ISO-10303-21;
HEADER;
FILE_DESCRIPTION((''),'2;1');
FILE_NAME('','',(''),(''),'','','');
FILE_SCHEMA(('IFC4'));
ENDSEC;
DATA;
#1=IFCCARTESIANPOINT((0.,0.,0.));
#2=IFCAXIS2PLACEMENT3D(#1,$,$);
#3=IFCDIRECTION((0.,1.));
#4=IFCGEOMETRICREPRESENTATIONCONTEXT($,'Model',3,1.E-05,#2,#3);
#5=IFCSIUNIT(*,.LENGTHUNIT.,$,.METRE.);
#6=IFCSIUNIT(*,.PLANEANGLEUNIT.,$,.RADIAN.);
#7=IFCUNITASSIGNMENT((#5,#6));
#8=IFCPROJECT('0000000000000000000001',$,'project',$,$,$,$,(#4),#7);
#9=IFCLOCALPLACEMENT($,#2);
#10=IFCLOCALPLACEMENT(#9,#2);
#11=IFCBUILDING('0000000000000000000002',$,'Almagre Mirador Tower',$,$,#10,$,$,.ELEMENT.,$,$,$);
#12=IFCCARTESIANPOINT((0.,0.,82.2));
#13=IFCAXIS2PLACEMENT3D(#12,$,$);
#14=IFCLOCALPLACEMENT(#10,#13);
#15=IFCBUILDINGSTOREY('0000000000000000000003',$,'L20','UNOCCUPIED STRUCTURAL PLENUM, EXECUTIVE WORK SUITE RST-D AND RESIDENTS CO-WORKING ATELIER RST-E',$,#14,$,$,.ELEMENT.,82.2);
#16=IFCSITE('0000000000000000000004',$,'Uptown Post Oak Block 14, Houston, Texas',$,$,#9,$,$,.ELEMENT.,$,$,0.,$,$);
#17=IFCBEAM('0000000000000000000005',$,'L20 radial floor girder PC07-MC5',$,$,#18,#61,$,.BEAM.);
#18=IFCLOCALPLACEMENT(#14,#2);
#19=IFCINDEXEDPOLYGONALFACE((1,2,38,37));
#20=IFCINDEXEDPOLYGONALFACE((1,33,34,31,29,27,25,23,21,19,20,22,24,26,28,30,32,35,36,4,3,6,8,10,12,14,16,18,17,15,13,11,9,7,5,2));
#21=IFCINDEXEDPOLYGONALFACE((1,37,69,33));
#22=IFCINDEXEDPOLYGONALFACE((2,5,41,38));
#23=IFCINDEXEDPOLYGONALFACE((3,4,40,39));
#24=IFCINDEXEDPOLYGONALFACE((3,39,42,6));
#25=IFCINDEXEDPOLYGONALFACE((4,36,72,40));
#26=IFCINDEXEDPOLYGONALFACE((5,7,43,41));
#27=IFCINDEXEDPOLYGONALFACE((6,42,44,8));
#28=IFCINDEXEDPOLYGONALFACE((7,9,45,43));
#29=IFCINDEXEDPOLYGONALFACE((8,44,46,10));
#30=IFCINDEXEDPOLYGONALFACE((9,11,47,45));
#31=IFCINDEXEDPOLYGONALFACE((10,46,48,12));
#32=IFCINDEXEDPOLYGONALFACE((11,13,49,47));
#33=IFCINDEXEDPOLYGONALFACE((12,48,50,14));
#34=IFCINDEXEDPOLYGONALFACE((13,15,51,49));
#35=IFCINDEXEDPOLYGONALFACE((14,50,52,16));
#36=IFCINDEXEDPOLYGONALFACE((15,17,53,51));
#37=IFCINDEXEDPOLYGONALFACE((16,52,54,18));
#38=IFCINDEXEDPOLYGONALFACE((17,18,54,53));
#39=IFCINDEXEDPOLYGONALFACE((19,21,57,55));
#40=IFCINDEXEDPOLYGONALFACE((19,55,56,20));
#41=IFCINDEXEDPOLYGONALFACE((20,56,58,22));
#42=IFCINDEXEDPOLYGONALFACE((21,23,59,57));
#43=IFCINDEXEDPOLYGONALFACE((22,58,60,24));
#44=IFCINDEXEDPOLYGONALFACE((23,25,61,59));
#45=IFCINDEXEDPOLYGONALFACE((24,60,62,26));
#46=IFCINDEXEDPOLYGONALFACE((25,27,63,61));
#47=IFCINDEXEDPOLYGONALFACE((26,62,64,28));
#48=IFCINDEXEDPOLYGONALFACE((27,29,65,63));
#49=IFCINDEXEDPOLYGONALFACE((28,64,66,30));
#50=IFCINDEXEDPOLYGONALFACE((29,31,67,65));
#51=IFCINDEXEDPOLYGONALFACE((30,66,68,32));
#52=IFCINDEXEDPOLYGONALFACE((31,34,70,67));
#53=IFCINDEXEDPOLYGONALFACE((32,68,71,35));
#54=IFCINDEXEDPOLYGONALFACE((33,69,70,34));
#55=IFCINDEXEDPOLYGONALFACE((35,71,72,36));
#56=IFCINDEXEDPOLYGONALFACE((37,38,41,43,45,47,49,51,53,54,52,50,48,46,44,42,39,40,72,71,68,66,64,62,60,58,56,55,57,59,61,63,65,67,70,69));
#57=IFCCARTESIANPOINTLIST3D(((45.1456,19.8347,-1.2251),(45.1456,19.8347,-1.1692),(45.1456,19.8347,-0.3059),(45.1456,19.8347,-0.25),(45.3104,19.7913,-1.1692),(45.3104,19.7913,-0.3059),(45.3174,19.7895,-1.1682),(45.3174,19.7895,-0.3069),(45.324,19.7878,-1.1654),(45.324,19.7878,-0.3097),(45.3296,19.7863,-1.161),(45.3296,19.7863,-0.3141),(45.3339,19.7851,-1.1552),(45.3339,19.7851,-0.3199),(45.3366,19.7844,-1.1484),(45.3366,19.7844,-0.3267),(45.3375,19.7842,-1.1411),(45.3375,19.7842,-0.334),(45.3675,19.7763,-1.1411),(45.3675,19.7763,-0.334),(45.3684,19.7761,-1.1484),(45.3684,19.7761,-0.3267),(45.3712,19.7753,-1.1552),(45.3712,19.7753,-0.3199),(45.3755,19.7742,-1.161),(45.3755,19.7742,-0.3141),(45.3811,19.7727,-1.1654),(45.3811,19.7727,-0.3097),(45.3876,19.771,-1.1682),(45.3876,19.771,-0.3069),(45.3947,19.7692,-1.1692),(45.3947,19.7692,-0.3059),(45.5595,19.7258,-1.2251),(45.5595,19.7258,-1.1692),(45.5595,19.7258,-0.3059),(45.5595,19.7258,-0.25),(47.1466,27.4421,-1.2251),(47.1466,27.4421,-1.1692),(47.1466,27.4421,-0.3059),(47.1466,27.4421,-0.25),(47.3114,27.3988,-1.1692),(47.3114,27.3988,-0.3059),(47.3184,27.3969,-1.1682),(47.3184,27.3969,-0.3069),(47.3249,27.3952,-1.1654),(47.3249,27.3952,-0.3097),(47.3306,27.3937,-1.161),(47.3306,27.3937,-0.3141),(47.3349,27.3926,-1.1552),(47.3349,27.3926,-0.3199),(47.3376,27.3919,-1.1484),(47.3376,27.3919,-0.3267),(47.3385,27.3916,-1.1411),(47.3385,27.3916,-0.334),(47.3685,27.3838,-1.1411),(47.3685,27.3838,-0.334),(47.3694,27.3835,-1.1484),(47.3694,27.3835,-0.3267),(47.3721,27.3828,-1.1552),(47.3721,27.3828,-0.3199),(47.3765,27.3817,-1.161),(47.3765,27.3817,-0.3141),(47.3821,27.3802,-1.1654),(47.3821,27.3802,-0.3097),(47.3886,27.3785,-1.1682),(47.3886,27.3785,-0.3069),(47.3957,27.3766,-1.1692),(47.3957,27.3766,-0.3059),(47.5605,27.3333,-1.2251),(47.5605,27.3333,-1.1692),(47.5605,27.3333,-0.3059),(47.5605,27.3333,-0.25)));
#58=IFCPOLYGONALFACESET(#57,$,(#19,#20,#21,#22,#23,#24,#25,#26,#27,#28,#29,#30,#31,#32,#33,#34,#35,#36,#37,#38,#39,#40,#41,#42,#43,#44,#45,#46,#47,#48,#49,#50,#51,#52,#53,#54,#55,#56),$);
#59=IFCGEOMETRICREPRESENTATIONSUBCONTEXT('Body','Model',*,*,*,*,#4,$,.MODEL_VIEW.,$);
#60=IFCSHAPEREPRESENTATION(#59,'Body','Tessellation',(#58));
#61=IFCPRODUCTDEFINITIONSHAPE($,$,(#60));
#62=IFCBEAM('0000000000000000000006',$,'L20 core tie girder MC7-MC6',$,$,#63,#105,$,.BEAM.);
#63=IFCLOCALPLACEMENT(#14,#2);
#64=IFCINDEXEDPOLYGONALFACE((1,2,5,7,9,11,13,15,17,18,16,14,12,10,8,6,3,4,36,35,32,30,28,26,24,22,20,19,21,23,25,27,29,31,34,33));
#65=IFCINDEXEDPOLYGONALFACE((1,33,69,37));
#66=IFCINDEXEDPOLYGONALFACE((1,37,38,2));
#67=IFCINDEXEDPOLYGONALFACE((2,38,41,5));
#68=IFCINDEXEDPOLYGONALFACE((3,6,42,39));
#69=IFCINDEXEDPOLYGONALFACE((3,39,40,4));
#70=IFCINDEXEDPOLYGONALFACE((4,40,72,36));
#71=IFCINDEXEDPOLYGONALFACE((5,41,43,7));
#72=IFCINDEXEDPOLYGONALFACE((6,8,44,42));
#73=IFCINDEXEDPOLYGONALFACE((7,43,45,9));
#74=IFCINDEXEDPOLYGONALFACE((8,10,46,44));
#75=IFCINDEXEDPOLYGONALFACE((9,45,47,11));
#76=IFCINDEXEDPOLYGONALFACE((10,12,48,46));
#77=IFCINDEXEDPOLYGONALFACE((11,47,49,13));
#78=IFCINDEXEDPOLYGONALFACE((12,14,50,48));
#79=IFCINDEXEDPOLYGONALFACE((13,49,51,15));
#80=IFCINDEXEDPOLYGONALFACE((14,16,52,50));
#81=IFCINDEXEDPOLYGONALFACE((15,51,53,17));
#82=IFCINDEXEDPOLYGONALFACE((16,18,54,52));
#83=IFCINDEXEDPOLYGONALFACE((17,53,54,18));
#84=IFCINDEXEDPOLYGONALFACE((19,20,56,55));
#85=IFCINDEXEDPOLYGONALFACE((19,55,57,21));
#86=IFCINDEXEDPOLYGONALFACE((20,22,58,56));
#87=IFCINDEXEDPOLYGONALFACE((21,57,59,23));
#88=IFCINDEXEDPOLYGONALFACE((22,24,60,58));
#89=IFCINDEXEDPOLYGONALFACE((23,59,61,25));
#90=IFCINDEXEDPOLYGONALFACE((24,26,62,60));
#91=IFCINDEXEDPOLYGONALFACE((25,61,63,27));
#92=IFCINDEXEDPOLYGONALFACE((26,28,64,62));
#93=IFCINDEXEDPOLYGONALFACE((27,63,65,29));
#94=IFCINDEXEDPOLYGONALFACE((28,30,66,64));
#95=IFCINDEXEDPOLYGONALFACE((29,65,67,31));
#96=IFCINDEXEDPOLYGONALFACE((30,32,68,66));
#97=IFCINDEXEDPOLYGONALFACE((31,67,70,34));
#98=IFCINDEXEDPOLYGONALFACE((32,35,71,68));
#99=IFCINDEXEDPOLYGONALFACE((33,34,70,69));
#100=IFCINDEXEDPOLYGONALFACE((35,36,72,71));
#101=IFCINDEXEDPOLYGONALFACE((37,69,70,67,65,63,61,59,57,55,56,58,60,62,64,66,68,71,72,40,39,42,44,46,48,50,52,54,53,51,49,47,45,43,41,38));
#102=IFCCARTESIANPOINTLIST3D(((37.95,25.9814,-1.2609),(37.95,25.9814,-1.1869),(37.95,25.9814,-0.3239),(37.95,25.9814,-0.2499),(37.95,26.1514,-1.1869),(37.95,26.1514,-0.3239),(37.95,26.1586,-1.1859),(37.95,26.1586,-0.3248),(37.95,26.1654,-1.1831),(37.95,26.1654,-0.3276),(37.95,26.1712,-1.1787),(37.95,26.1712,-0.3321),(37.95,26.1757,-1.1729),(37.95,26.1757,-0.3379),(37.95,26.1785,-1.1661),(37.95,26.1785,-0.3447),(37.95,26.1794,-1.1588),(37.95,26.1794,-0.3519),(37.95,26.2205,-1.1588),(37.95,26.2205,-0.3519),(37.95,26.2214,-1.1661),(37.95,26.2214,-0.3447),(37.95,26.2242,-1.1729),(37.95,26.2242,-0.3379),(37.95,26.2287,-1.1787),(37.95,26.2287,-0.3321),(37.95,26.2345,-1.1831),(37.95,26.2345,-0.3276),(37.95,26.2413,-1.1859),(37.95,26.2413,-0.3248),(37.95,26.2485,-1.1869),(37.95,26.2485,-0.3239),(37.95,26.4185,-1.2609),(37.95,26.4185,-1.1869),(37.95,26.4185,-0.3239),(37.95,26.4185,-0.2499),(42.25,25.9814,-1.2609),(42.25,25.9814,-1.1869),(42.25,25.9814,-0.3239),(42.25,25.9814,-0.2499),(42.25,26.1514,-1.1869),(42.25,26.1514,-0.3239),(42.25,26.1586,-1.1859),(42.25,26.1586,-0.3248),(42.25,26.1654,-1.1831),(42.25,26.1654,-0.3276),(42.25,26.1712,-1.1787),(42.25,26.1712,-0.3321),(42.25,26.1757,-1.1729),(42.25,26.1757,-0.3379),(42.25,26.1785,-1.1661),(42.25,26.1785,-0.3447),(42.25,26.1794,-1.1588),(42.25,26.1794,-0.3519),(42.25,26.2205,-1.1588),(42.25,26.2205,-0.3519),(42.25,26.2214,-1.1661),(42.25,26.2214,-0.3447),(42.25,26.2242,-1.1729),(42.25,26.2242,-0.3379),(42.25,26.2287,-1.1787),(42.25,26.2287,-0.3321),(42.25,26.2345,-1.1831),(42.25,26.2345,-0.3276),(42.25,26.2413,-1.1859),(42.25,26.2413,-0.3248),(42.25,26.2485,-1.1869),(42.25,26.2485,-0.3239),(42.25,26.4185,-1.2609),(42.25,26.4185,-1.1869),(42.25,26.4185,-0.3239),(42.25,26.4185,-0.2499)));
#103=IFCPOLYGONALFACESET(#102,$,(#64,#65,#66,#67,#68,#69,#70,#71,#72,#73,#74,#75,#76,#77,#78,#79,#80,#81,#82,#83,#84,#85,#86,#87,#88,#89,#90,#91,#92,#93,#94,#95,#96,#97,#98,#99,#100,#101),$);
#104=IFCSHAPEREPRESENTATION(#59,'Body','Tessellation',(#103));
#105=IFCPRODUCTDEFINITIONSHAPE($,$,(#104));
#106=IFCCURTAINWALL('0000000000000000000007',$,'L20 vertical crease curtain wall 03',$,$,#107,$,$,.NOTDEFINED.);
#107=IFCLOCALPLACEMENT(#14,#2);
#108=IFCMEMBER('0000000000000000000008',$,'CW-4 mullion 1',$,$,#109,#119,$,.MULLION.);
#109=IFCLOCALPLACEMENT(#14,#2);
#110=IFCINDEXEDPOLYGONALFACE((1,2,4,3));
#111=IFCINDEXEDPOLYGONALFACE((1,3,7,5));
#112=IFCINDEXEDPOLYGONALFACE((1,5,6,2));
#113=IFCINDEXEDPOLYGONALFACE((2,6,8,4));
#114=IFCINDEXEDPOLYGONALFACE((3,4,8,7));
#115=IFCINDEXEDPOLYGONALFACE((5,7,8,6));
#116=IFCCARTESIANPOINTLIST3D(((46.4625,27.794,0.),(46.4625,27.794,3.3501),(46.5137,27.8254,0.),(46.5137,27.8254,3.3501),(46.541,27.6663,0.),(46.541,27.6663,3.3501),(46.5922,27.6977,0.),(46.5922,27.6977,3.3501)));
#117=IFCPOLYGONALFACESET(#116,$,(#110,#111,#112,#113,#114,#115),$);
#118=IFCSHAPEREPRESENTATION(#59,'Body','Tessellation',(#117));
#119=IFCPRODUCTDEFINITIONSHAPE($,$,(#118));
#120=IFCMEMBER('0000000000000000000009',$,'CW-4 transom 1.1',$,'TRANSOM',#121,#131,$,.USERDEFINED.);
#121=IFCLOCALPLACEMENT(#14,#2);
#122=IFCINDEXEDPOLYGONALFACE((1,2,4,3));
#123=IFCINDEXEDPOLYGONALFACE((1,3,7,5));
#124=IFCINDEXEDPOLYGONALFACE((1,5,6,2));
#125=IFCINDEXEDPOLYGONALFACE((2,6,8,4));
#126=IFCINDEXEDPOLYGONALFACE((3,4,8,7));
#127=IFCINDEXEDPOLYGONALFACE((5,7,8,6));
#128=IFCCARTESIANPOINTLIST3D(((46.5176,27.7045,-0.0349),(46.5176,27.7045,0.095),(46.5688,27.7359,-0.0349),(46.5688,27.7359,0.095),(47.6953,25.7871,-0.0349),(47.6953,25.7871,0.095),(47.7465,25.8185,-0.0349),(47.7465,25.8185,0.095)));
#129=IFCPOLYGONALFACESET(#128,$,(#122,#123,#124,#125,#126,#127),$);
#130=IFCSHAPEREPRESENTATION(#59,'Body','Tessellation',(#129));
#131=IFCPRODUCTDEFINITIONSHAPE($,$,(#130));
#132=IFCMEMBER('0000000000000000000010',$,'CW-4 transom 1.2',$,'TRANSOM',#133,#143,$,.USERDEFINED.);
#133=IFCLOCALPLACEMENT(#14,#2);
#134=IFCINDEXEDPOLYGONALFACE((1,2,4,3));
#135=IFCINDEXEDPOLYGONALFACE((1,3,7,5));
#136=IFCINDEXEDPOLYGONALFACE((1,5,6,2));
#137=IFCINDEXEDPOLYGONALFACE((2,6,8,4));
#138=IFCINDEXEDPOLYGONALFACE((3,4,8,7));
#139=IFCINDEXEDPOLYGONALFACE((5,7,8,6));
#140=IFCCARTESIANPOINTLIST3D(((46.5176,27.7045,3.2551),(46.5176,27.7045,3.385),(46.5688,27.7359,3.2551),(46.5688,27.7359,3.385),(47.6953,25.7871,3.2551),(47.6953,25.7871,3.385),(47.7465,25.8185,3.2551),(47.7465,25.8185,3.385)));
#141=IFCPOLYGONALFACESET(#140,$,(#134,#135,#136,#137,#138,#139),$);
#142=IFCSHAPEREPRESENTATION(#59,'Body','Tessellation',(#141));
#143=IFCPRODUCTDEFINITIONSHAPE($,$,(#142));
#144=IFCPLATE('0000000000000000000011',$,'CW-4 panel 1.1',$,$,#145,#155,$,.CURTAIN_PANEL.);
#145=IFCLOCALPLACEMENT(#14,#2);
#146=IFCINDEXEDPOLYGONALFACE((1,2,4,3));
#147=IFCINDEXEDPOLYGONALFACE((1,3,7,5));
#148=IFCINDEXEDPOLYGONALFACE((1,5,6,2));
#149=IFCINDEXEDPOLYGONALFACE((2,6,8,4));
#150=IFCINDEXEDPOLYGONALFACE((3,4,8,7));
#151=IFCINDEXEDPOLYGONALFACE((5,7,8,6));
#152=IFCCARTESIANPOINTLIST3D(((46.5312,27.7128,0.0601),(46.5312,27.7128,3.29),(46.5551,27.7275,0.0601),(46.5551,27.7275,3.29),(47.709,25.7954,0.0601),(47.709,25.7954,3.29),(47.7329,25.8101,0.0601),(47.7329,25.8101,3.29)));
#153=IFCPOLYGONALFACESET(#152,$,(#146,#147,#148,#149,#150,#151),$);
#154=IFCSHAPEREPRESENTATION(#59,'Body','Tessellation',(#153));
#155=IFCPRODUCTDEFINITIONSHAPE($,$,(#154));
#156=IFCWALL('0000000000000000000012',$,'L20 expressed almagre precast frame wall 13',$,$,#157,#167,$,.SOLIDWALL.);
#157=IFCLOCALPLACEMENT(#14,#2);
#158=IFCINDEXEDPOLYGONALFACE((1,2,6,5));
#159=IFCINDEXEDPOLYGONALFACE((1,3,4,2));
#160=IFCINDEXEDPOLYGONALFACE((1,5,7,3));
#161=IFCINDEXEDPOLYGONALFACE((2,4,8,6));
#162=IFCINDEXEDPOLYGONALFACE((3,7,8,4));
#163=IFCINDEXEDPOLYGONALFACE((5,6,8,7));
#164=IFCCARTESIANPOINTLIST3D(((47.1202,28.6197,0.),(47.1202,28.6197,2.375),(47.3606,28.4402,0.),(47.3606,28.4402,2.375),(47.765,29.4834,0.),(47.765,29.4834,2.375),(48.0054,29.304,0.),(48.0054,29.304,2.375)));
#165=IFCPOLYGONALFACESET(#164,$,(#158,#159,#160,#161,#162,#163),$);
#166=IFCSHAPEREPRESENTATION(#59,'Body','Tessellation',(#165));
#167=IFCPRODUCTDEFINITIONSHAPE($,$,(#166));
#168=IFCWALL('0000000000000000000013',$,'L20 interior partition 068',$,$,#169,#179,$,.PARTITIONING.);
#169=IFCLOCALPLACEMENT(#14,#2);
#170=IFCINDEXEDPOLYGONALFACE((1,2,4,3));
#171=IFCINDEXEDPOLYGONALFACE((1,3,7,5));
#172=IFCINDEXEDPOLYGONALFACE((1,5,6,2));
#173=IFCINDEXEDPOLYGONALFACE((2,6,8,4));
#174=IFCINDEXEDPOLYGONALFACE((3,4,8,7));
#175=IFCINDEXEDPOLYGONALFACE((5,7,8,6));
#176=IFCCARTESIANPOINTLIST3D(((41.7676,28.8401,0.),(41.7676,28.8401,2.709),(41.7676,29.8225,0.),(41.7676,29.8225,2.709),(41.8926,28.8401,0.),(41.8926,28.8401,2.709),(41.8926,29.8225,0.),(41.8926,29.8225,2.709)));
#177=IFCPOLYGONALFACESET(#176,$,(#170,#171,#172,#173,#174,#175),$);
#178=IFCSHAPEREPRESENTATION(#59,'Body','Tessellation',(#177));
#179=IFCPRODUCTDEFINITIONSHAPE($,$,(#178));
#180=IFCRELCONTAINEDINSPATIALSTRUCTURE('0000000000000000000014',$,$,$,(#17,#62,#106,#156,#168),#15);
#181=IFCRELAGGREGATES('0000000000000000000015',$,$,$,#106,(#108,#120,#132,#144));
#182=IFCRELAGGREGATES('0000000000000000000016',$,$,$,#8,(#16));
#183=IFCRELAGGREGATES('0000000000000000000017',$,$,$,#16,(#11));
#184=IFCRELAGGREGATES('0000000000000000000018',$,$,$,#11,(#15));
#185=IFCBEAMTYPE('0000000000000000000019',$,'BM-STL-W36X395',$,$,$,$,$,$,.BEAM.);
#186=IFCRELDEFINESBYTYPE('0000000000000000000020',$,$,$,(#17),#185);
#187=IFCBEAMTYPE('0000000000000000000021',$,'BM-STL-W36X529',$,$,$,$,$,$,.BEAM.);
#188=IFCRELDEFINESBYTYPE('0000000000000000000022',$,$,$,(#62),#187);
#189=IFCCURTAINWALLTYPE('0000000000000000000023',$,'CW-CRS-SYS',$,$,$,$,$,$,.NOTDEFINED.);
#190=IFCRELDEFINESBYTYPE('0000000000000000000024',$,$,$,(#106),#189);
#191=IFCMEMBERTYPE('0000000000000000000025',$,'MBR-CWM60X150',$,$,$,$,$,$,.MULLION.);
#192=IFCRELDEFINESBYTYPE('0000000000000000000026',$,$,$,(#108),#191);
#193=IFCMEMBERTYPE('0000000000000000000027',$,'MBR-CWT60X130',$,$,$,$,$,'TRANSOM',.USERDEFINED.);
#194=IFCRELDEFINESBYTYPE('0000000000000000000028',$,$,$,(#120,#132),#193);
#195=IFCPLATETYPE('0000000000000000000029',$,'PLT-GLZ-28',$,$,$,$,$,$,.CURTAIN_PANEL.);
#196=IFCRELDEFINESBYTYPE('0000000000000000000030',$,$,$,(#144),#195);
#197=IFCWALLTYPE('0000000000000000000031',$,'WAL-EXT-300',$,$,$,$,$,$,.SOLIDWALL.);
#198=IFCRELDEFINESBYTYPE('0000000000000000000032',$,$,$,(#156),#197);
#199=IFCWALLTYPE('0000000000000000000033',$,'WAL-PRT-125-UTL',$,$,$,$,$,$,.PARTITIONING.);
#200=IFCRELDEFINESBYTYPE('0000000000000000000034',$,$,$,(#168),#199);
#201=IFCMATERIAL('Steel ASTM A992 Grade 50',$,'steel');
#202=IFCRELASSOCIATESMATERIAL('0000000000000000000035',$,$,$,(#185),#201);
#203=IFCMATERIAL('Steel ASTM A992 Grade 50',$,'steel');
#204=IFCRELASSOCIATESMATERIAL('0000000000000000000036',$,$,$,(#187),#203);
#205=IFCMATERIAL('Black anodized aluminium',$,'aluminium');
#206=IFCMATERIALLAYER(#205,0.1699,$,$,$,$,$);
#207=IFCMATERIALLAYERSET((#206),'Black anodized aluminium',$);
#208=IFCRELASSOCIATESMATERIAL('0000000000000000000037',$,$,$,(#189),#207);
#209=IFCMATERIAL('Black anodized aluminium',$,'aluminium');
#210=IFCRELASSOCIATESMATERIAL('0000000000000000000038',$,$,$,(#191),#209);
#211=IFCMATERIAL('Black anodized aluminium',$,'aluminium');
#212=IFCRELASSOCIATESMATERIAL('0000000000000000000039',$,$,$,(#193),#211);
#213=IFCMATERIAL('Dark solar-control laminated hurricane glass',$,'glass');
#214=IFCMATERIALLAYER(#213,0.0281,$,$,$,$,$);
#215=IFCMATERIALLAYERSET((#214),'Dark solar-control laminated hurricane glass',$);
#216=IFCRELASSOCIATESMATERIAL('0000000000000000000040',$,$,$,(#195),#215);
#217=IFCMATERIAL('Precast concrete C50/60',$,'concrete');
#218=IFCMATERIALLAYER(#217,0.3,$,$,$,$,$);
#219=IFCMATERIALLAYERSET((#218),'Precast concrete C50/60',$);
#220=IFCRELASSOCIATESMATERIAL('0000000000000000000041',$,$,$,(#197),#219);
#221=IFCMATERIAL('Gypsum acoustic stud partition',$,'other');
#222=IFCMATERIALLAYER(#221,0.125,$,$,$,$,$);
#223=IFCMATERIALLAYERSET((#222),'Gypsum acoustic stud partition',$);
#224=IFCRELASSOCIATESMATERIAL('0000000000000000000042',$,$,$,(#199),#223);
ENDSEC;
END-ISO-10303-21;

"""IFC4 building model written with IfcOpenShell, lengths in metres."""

from ifc_helpers import new_model, si_unit, direction, frame, frame_2d, origin, origin_2d, place, context, subcontext, project, spatial, rectangle, i_section, extrude, material, layer, layer_set, material_profile, profile_set, type_object, element, aggregate, save


model = new_model("IFC4")

# Units and contexts
model_context = context("Model", 3, precision=1e-05, world=origin(), true_north=direction((0.0, 1.0)))
body_context = subcontext(model_context, "Body", "Model", "MODEL_VIEW")
ifc_project = project(units=[si_unit("LENGTHUNIT", "METRE"), si_unit("PLANEANGLEUNIT", "RADIAN")], contexts=[model_context])

# Site, building, storey
site_placement = place(None, origin())
site = spatial("IfcSite", under=ifc_project, at=site_placement, Name="Uptown Post Oak Block 14, Houston, Texas", CompositionType="ELEMENT", RefElevation=0.0)
building_placement = place(site_placement, origin())
building = spatial("IfcBuilding", under=site, at=building_placement, Name="Almagre Mirador Tower", CompositionType="ELEMENT")
storey_placement = place(building_placement, frame((0.0, 0.0, 82.2)))
storey = spatial("IfcBuildingStorey", under=building, at=storey_placement, Name="L20", Description="UNOCCUPIED STRUCTURAL PLENUM, EXECUTIVE WORK SUITE RST-D AND RESIDENTS CO-WORKING ATELIER RST-E", CompositionType="ELEMENT", Elevation=82.2)

# Beams
ifc_material_1 = material(Name="Steel ASTM A992 Grade 50", Category="steel")
ifc_material_profile_1 = material_profile(ifc_material_1, i_section(OverallWidth=0.428, OverallDepth=0.9751, WebThickness=0.031, FlangeThickness=0.0559, FilletRadius=0.0281, at=origin_2d()), Name="W36X395")
ifc_profile_set_1 = profile_set([ifc_material_profile_1], Name="Steel ASTM A992 Grade 50")
beam_type_1 = type_object("IfcBeamType", Name="BM-STL-W36X395", PredefinedType="BEAM", material=ifc_profile_set_1)
beam_1_placement = place(storey_placement, frame((47.3535, 27.3877, -0.7375), z_axis=(-0.254377, -0.967105, 0.0), x_axis=(0.967105, -0.254377, 0.0)))
element("IfcBeam", 1, at=beam_1_placement, inside=storey, type_object=beam_type_1, Name="L20 radial floor girder PC07-MC5", PredefinedType="BEAM", context=body_context, shape_type="SweptSolid", body=[
    extrude(i_section(OverallWidth=0.428, OverallDepth=0.9751, WebThickness=0.031, FlangeThickness=0.0559, FilletRadius=0.0281, at=origin_2d()), origin(), (0.0, 0.0, 1.0), 7.8662),
])
ifc_material_2 = material(Name="Steel ASTM A992 Grade 50", Category="steel")
ifc_material_profile_2 = material_profile(ifc_material_2, i_section(OverallWidth=0.437, OverallDepth=1.011, WebThickness=0.041, FlangeThickness=0.074, FilletRadius=0.0281, at=origin_2d()), Name="W36X529")
ifc_profile_set_2 = profile_set([ifc_material_profile_2], Name="Steel ASTM A992 Grade 50")
beam_type_2 = type_object("IfcBeamType", Name="BM-STL-W36X529", PredefinedType="BEAM", material=ifc_profile_set_2)
beam_2_placement = place(storey_placement, frame((37.95, 26.2, -0.7554), z_axis=(1.0, 0.0, 0.0), x_axis=(0.0, 1.0, 0.0)))
element("IfcBeam", 2, at=beam_2_placement, inside=storey, type_object=beam_type_2, Name="L20 core tie girder MC7-MC6", PredefinedType="BEAM", context=body_context, shape_type="SweptSolid", body=[
    extrude(i_section(OverallWidth=0.437, OverallDepth=1.011, WebThickness=0.041, FlangeThickness=0.074, FilletRadius=0.0281, at=origin_2d()), origin(), (0.0, 0.0, 1.0), 4.3),
])

# Curtain wall, members, plate
ifc_material_3 = material(Name="Black anodized aluminium", Category="aluminium")
ifc_layer_1 = layer(ifc_material_3, 0.1699)
ifc_layer_set_1 = layer_set([ifc_layer_1], Name="Black anodized aluminium")
curtain_wall_type = type_object("IfcCurtainWallType", Name="CW-CRS-SYS", PredefinedType="NOTDEFINED", material=ifc_layer_set_1)
curtain_wall_placement = place(storey_placement, origin())
curtain_wall = element("IfcCurtainWall", 3, at=curtain_wall_placement, inside=storey, type_object=curtain_wall_type, Name="L20 vertical crease curtain wall 03", PredefinedType="NOTDEFINED")
ifc_material_4 = material(Name="Black anodized aluminium", Category="aluminium")
ifc_material_profile_3 = material_profile(ifc_material_4, rectangle(XDim=0.0601, YDim=0.1499, at=origin_2d()), Name="CWM60X150")
ifc_profile_set_3 = profile_set([ifc_material_profile_3], Name="Black anodized aluminium")
member_type_1 = type_object("IfcMemberType", Name="MBR-CWM60X150", PredefinedType="MULLION", material=ifc_profile_set_3)
member_1_placement = place(storey_placement, frame((46.5273, 27.7458, 0.0), z_axis=(0.0, 0.0, 1.0), x_axis=(0.852078, 0.523415, 0.0)))
member_1 = element("IfcMember", 4, at=member_1_placement, type_object=member_type_1, Name="CW-4 mullion 1", PredefinedType="MULLION", context=body_context, shape_type="SweptSolid", body=[
    extrude(rectangle(XDim=0.0601, YDim=0.1499, at=origin_2d()), origin(), (0.0, 0.0, 1.0), 3.3501),
])
ifc_material_5 = material(Name="Black anodized aluminium", Category="aluminium")
ifc_material_profile_4 = material_profile(ifc_material_5, rectangle(XDim=0.0601, YDim=0.1299, at=origin_2d()), Name="CWT60X130")
ifc_profile_set_4 = profile_set([ifc_material_profile_4], Name="Black anodized aluminium")
member_type_2 = type_object("IfcMemberType", Name="MBR-CWT60X130", ElementType="TRANSOM", PredefinedType="USERDEFINED", material=ifc_profile_set_4)
member_2_placement = place(storey_placement, frame((46.5432, 27.7202, 0.03), z_axis=(0.523371, -0.852105, 0.0), x_axis=(0.852105, 0.523371, 0.0)))
member_2 = element("IfcMember", 5, at=member_2_placement, type_object=member_type_2, Name="CW-4 transom 1.1", ObjectType="TRANSOM", PredefinedType="USERDEFINED", context=body_context, shape_type="SweptSolid", body=[
    extrude(rectangle(XDim=0.0601, YDim=0.1299, at=origin_2d()), origin(), (0.0, 0.0, 1.0), 2.2502),
])
member_3_placement = place(storey_placement, frame((46.5432, 27.7202, 3.3201), z_axis=(0.523371, -0.852105, 0.0), x_axis=(0.852105, 0.523371, 0.0)))
member_3 = element("IfcMember", 6, at=member_3_placement, type_object=member_type_2, Name="CW-4 transom 1.2", ObjectType="TRANSOM", PredefinedType="USERDEFINED", context=body_context, shape_type="SweptSolid", body=[
    extrude(rectangle(XDim=0.0601, YDim=0.1299, at=origin_2d()), origin(), (0.0, 0.0, 1.0), 2.2502),
])
ifc_material_6 = material(Name="Dark solar-control laminated hurricane glass", Category="glass")
ifc_layer_2 = layer(ifc_material_6, 0.0281)
ifc_layer_set_2 = layer_set([ifc_layer_2], Name="Dark solar-control laminated hurricane glass")
plate_type = type_object("IfcPlateType", Name="PLT-GLZ-28", PredefinedType="CURTAIN_PANEL", material=ifc_layer_set_2)
plate_placement = place(storey_placement, frame((47.1321, 26.7615, 0.0601), z_axis=(0.0, 0.0, 1.0), x_axis=(0.523415, -0.852078, 0.0)))
plate = element("IfcPlate", 7, at=plate_placement, type_object=plate_type, Name="CW-4 panel 1.1", PredefinedType="CURTAIN_PANEL", context=body_context, shape_type="SweptSolid", body=[
    extrude(rectangle(XDim=2.2502, YDim=0.0281, at=origin_2d()), origin(), (0.0, 0.0, 1.0), 3.23),
])
aggregate(curtain_wall, [member_1, member_2, member_3, plate])

# Walls
ifc_material_7 = material(Name="Precast concrete C50/60", Category="concrete")
ifc_layer_3 = layer(ifc_material_7, 0.3)
ifc_layer_set_3 = layer_set([ifc_layer_3], Name="Precast concrete C50/60")
wall_type_1 = type_object("IfcWallType", Name="WAL-EXT-300", PredefinedType="SOLIDWALL", material=ifc_layer_set_3)
wall_1_placement = place(storey_placement, frame((47.8853, 29.3938, 0.0), z_axis=(0.0, 0.0, 1.0), x_axis=(-0.598186, -0.801357, 0.0)))
element("IfcWall", 8, at=wall_1_placement, inside=storey, type_object=wall_type_1, Name="L20 expressed almagre precast frame wall 13", PredefinedType="SOLIDWALL", context=body_context, shape_type="SweptSolid", body=[
    extrude(rectangle(XDim=1.0779, YDim=0.3, at=frame_2d((0.5391, 0.0))), origin(), (0.0, 0.0, 1.0), 2.375),
])
ifc_material_8 = material(Name="Gypsum acoustic stud partition", Category="other")
ifc_layer_4 = layer(ifc_material_8, 0.125)
ifc_layer_set_4 = layer_set([ifc_layer_4], Name="Gypsum acoustic stud partition")
wall_type_2 = type_object("IfcWallType", Name="WAL-PRT-125-UTL", PredefinedType="PARTITIONING", material=ifc_layer_set_4)
wall_2_placement = place(storey_placement, frame((41.8301, 28.8401, 0.0), z_axis=(0.0, 0.0, 1.0), x_axis=(0.0, 1.0, 0.0)))
element("IfcWall", 9, at=wall_2_placement, inside=storey, type_object=wall_type_2, Name="L20 interior partition 068", PredefinedType="PARTITIONING", context=body_context, shape_type="SweptSolid", body=[
    extrude(rectangle(XDim=0.9824, YDim=0.125, at=frame_2d((0.4912, 0.0))), origin(), (0.0, 0.0, 1.0), 2.709),
])

save(model, "model.ifc")
